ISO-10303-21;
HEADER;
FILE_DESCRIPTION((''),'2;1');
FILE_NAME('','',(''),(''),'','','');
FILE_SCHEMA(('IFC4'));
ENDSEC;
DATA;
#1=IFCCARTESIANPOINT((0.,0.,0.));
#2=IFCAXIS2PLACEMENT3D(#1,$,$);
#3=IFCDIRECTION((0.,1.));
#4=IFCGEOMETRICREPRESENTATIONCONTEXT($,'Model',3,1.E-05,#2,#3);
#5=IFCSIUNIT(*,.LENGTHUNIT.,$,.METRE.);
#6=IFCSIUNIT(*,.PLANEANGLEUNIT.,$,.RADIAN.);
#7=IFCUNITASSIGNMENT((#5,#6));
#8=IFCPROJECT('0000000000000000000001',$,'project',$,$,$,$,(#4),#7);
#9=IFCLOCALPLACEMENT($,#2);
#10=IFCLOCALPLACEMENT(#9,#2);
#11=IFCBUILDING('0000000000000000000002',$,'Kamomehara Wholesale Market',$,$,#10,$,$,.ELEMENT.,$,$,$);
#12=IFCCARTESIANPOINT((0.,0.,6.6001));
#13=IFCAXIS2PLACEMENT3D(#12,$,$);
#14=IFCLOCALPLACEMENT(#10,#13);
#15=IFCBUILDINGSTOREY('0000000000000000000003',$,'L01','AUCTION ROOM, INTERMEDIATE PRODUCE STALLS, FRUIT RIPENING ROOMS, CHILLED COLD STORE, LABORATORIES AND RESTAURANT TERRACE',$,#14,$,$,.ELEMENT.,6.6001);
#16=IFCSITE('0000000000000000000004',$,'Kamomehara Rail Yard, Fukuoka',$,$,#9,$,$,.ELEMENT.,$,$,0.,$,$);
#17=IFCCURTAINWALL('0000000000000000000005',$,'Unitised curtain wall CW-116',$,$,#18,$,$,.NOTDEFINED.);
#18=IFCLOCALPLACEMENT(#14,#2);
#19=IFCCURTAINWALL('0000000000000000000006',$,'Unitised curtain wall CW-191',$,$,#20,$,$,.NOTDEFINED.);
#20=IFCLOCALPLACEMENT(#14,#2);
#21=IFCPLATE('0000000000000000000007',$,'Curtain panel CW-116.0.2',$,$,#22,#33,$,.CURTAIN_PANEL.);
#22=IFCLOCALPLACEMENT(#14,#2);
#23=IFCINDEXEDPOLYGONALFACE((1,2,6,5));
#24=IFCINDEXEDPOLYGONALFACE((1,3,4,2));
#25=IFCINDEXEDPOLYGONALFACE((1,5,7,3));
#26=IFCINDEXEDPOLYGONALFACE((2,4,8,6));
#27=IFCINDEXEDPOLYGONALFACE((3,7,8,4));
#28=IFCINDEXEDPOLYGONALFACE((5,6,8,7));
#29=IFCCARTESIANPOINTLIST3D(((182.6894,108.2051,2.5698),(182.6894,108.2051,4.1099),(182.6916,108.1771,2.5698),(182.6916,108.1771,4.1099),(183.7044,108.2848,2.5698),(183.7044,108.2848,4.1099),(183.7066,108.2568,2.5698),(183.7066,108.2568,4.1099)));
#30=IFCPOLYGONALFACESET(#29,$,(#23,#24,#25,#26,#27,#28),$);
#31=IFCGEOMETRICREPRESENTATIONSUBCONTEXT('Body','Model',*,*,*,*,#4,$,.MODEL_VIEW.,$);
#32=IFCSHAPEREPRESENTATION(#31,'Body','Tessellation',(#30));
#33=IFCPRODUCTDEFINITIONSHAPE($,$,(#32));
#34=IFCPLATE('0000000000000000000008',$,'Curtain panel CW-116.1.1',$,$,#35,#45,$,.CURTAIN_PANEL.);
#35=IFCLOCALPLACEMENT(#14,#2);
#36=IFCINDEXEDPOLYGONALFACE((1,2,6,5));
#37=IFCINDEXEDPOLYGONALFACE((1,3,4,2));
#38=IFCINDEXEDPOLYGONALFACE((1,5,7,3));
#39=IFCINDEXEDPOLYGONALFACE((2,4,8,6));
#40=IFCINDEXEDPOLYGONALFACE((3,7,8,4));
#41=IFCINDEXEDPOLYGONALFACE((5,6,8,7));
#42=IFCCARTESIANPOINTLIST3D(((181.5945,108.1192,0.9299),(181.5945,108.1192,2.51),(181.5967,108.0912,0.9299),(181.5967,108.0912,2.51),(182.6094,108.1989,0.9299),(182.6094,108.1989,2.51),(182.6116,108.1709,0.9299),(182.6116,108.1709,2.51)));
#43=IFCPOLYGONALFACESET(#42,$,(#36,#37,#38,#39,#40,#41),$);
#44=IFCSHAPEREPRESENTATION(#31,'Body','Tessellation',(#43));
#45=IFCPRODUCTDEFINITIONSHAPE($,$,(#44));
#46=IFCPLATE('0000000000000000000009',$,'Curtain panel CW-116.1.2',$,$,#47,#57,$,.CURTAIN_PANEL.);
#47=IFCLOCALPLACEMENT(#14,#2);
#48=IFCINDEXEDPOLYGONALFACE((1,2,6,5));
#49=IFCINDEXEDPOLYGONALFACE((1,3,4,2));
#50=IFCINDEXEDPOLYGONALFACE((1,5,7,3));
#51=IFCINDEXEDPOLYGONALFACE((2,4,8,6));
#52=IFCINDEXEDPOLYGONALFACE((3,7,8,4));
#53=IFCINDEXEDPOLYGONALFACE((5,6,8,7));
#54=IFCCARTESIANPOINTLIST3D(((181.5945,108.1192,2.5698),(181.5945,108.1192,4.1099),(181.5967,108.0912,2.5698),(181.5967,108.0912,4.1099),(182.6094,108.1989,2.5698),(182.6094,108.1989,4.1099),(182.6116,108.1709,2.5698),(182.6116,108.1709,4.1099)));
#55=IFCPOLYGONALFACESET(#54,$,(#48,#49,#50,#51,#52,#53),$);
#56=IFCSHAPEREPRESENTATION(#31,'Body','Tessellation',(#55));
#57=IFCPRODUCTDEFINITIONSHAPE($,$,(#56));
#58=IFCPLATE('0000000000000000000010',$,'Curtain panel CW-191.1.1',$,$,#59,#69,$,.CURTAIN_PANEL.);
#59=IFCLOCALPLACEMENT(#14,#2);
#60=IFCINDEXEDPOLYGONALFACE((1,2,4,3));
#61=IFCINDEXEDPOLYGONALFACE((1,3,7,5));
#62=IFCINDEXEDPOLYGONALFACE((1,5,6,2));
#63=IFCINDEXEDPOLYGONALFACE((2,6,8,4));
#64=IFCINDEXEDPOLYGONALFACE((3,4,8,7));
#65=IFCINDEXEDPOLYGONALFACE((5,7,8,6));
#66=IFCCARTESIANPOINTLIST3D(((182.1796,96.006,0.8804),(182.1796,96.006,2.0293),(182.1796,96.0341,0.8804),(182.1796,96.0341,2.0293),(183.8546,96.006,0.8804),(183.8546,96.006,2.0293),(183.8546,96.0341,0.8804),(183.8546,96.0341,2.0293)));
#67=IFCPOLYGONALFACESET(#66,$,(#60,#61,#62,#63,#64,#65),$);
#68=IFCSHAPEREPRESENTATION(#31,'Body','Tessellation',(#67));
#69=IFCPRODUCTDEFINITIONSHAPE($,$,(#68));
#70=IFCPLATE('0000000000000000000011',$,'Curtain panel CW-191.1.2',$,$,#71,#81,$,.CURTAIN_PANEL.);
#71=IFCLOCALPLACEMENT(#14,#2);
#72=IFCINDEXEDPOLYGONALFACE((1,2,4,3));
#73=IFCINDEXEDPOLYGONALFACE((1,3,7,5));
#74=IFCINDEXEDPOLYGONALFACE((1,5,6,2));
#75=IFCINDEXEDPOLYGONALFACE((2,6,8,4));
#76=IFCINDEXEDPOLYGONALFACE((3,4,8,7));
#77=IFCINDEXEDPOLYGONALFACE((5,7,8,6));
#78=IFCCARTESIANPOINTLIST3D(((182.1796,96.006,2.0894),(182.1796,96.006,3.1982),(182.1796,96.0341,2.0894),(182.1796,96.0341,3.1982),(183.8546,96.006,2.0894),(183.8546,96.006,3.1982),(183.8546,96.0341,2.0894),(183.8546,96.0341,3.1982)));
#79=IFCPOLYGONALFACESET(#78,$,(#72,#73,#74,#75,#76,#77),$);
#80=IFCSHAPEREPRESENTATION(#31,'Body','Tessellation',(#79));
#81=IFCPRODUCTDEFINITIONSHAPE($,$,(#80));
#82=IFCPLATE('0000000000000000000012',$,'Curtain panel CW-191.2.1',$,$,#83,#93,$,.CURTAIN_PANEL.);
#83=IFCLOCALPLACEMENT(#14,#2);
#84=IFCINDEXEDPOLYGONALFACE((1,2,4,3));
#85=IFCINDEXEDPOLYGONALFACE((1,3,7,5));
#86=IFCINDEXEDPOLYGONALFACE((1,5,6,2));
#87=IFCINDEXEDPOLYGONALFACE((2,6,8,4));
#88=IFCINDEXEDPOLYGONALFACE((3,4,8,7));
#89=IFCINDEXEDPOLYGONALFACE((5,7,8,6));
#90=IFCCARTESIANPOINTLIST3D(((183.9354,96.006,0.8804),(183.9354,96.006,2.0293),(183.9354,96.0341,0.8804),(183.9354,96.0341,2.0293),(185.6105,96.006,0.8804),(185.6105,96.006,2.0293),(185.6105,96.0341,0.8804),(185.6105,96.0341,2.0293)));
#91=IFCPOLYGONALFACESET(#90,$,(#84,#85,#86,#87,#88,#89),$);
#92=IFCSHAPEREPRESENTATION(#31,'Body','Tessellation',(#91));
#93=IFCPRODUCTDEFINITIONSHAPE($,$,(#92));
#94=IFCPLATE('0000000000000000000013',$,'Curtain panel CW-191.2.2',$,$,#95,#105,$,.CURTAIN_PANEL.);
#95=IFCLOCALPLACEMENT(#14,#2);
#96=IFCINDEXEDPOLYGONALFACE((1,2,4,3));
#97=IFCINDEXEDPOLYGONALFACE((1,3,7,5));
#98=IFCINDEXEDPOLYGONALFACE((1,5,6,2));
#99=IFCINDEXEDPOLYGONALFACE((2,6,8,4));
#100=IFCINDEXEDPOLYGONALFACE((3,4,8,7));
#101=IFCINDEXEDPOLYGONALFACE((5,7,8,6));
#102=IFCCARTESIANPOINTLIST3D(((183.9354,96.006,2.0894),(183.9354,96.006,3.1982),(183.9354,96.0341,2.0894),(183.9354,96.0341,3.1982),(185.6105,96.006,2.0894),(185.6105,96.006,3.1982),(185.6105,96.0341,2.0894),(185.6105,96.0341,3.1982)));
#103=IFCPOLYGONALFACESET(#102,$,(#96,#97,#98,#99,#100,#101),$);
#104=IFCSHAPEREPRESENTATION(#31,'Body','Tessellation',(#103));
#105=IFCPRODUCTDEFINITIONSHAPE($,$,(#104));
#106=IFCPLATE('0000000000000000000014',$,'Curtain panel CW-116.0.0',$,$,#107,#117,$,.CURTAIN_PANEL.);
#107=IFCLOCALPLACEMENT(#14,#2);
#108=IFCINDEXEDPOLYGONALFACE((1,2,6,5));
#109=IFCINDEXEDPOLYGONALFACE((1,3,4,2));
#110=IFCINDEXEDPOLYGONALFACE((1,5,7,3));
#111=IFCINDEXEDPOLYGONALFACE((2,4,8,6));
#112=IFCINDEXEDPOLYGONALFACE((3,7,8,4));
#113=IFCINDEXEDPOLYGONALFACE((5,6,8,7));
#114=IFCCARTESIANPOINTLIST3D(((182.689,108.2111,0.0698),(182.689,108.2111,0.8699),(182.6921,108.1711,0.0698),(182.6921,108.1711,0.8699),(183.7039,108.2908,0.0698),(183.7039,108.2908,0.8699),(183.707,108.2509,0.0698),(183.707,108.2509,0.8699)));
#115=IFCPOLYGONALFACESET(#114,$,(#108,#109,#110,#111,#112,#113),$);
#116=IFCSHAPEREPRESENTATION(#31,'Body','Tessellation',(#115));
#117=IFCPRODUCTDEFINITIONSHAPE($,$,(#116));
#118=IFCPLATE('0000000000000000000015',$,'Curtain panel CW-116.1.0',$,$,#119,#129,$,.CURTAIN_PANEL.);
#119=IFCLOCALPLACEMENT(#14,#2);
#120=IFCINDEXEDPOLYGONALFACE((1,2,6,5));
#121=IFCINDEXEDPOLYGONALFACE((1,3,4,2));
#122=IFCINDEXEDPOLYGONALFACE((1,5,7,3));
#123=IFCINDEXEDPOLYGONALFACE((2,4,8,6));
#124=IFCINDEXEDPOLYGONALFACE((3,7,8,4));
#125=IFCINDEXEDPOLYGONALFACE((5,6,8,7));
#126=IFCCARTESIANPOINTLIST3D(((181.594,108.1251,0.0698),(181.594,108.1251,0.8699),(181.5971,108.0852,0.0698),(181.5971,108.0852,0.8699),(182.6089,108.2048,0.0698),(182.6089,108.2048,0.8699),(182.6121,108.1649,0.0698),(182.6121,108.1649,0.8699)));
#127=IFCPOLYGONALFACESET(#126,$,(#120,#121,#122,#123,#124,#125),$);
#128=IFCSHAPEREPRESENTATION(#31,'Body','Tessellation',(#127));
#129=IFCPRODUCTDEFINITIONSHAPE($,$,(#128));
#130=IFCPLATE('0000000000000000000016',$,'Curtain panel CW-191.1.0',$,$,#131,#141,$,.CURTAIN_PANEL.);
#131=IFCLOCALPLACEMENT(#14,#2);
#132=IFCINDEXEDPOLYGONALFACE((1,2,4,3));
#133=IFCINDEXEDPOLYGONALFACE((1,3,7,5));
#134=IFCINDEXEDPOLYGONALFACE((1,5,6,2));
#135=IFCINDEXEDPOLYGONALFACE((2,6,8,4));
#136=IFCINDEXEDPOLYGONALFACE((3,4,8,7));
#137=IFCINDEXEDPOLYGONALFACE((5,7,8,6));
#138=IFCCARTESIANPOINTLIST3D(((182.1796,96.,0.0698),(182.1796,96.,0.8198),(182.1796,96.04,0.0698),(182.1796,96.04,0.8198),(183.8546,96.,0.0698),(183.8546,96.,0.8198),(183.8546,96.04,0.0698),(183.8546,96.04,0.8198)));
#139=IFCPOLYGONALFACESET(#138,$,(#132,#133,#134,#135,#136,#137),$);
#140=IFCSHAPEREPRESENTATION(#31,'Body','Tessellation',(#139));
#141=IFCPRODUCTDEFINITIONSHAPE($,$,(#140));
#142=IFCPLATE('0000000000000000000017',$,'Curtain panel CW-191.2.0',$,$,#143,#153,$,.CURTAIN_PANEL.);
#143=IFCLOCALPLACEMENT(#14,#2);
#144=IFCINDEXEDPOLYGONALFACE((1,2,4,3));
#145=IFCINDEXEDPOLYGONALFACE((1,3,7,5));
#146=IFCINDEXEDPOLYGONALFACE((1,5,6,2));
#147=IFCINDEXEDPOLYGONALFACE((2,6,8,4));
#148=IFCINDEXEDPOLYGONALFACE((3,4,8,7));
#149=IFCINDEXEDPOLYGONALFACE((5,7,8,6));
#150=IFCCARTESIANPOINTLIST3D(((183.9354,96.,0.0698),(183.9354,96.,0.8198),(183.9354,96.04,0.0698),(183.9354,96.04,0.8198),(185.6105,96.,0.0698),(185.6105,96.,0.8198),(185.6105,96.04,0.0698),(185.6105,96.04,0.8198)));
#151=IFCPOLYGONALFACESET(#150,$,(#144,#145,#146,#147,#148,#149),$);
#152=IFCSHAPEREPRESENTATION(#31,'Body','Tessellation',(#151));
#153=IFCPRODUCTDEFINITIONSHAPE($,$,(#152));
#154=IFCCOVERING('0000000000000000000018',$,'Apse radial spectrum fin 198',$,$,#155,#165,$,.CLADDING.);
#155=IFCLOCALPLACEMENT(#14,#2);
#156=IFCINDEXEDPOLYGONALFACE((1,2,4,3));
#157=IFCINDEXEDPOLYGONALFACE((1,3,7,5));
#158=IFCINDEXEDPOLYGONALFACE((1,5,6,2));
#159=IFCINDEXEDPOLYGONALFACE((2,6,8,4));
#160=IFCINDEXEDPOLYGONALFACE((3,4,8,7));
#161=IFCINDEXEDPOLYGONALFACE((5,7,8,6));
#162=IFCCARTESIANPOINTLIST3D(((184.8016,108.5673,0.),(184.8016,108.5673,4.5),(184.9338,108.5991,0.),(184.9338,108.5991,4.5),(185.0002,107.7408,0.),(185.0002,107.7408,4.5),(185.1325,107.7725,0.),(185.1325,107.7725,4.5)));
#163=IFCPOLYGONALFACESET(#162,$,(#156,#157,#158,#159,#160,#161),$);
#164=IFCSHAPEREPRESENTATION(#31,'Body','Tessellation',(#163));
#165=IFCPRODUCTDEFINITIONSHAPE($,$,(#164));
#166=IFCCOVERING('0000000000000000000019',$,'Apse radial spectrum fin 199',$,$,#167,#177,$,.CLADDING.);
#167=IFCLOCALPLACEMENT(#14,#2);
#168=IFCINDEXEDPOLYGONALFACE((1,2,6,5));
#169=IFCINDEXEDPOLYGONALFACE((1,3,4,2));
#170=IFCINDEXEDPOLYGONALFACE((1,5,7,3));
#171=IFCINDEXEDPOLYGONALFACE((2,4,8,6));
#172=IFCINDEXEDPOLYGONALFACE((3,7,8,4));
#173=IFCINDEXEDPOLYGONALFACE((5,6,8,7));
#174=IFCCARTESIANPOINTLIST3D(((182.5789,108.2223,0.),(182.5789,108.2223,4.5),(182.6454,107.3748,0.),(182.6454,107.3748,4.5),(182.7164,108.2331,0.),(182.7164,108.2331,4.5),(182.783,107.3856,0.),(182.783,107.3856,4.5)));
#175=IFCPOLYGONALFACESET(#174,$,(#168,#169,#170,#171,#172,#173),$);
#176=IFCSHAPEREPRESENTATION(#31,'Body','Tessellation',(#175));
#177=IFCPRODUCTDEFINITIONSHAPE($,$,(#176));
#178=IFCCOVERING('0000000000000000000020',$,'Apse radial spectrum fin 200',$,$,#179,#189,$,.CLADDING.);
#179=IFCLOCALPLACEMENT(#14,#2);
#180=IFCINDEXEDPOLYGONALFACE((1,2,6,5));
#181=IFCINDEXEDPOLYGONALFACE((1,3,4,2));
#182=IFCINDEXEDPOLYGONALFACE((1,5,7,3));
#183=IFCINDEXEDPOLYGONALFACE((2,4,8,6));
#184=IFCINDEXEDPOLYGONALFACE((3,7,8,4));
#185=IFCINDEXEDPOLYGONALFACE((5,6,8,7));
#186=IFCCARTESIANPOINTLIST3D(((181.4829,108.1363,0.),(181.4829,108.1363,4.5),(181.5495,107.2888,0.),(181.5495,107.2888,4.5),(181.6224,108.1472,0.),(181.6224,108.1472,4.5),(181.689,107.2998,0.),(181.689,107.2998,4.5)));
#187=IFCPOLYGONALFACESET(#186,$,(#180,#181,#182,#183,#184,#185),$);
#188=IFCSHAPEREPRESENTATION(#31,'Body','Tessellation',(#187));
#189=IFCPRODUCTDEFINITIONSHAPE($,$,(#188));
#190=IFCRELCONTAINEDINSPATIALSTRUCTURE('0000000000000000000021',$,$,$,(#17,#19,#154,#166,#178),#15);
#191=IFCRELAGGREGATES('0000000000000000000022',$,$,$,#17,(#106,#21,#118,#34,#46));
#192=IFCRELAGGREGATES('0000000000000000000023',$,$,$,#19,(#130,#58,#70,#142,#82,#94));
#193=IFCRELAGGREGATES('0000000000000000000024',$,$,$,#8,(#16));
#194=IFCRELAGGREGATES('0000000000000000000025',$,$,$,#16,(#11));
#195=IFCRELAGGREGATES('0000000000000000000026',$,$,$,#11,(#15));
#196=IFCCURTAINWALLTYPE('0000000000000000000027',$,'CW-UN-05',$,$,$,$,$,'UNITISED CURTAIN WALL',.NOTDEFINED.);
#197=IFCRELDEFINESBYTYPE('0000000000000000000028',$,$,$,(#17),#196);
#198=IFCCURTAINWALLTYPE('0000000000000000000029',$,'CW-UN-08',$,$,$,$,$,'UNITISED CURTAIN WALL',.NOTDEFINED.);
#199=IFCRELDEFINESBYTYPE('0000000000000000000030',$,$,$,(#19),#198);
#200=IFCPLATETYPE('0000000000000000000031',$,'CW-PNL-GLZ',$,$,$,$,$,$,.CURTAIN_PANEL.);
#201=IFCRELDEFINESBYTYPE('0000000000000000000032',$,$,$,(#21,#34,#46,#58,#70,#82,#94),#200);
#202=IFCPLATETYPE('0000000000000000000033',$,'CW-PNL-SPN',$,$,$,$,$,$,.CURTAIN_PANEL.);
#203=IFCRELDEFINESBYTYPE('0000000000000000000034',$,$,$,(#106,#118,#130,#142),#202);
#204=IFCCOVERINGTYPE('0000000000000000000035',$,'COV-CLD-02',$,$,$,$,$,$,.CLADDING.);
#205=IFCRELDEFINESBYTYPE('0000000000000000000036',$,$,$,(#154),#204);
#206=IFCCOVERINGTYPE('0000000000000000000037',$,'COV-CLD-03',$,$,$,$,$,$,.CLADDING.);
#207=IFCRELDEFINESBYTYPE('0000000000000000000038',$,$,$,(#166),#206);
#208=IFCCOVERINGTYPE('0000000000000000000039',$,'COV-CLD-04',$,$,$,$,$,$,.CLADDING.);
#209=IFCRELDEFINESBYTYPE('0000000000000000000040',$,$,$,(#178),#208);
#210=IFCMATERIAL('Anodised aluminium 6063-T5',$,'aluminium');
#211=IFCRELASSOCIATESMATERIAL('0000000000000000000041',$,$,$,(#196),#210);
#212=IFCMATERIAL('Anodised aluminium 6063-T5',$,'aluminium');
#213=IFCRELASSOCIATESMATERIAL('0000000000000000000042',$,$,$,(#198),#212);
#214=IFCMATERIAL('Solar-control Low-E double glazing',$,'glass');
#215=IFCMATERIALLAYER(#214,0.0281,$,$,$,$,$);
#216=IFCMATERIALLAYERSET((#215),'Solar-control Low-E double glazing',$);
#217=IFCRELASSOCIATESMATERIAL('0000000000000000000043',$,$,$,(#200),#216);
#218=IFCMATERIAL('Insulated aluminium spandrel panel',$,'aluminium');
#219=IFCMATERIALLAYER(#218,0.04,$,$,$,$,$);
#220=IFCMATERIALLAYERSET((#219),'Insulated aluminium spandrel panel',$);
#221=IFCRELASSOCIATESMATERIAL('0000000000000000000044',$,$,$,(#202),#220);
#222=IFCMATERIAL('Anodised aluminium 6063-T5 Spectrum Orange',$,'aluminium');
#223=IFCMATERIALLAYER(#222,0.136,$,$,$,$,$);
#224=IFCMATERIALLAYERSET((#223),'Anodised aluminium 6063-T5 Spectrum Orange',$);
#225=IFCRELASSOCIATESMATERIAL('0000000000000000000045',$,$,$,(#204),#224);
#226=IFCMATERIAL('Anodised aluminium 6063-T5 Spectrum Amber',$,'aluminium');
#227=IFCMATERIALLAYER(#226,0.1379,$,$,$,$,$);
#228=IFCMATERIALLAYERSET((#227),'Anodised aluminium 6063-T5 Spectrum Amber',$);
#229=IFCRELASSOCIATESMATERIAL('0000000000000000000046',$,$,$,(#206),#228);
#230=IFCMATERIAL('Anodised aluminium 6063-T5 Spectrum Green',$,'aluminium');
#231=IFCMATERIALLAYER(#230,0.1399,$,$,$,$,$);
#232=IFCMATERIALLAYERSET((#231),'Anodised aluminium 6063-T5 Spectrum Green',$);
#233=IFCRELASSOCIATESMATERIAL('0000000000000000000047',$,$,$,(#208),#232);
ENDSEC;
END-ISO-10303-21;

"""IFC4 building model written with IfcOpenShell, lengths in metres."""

from ifc_helpers import new_model, si_unit, direction, frame, origin, origin_2d, place, context, subcontext, project, spatial, rectangle, extrude, material, layer, layer_set, type_object, element, aggregate, save


model = new_model("IFC4")

# Units and contexts
model_context = context("Model", 3, precision=1e-05, world=origin(), true_north=direction((0.0, 1.0)))
body_context = subcontext(model_context, "Body", "Model", "MODEL_VIEW")
ifc_project = project(units=[si_unit("LENGTHUNIT", "METRE"), si_unit("PLANEANGLEUNIT", "RADIAN")], contexts=[model_context])

# Site, building, storey
site_placement = place(None, origin())
site = spatial("IfcSite", under=ifc_project, at=site_placement, Name="Kamomehara Rail Yard, Fukuoka", CompositionType="ELEMENT", RefElevation=0.0)
building_placement = place(site_placement, origin())
building = spatial("IfcBuilding", under=site, at=building_placement, Name="Kamomehara Wholesale Market", CompositionType="ELEMENT")
storey_placement = place(building_placement, frame((0.0, 0.0, 6.6001)))
storey = spatial("IfcBuildingStorey", under=building, at=storey_placement, Name="L01", Description="AUCTION ROOM, INTERMEDIATE PRODUCE STALLS, FRUIT RIPENING ROOMS, CHILLED COLD STORE, LABORATORIES AND RESTAURANT TERRACE", CompositionType="ELEMENT", Elevation=6.6001)

# Curtain walls
ifc_material_1 = material(Name="Anodised aluminium 6063-T5", Category="aluminium")
curtain_wall_type_1 = type_object("IfcCurtainWallType", Name="CW-UN-05", ElementType="UNITISED CURTAIN WALL", PredefinedType="NOTDEFINED", material=ifc_material_1)
curtain_wall_1_placement = place(storey_placement, origin())
curtain_wall_1 = element("IfcCurtainWall", 1, at=curtain_wall_1_placement, inside=storey, type_object=curtain_wall_type_1, Name="Unitised curtain wall CW-116", PredefinedType="NOTDEFINED")
ifc_material_2 = material(Name="Anodised aluminium 6063-T5", Category="aluminium")
curtain_wall_type_2 = type_object("IfcCurtainWallType", Name="CW-UN-08", ElementType="UNITISED CURTAIN WALL", PredefinedType="NOTDEFINED", material=ifc_material_2)
curtain_wall_2_placement = place(storey_placement, origin())
curtain_wall_2 = element("IfcCurtainWall", 2, at=curtain_wall_2_placement, inside=storey, type_object=curtain_wall_type_2, Name="Unitised curtain wall CW-191", PredefinedType="NOTDEFINED")

# Plates
ifc_material_3 = material(Name="Solar-control Low-E double glazing", Category="glass")
ifc_layer_1 = layer(ifc_material_3, 0.0281)
ifc_layer_set_1 = layer_set([ifc_layer_1], Name="Solar-control Low-E double glazing")
plate_type_1 = type_object("IfcPlateType", Name="CW-PNL-GLZ", PredefinedType="CURTAIN_PANEL", material=ifc_layer_set_1)
plate_1_placement = place(storey_placement, frame((183.198, 108.231, 2.5698), z_axis=(0.0, 0.0, 1.0), x_axis=(-0.99693, -0.078302, 0.0)))
plate_1 = element("IfcPlate", 3, at=plate_1_placement, type_object=plate_type_1, Name="Curtain panel CW-116.0.2", PredefinedType="CURTAIN_PANEL", context=body_context, shape_type="SweptSolid", body=[
    extrude(rectangle(XDim=1.0181, YDim=0.0281, at=origin_2d()), origin(), (0.0, 0.0, 1.0), 1.54),
])
plate_2_placement = place(storey_placement, frame((182.103, 108.145, 0.9299), z_axis=(0.0, 0.0, 1.0), x_axis=(-0.99693, -0.078302, 0.0)))
plate_2 = element("IfcPlate", 4, at=plate_2_placement, type_object=plate_type_1, Name="Curtain panel CW-116.1.1", PredefinedType="CURTAIN_PANEL", context=body_context, shape_type="SweptSolid", body=[
    extrude(rectangle(XDim=1.0181, YDim=0.0281, at=origin_2d()), origin(), (0.0, 0.0, 1.0), 1.5801),
])
plate_3_placement = place(storey_placement, frame((182.103, 108.145, 2.5698), z_axis=(0.0, 0.0, 1.0), x_axis=(-0.99693, -0.078302, 0.0)))
plate_3 = element("IfcPlate", 5, at=plate_3_placement, type_object=plate_type_1, Name="Curtain panel CW-116.1.2", PredefinedType="CURTAIN_PANEL", context=body_context, shape_type="SweptSolid", body=[
    extrude(rectangle(XDim=1.0181, YDim=0.0281, at=origin_2d()), origin(), (0.0, 0.0, 1.0), 1.54),
])
plate_4_placement = place(storey_placement, frame((183.0171, 96.02, 0.8804), z_axis=(0.0, 0.0, 1.0), x_axis=(1.0, 0.0, 0.0)))
plate_4 = element("IfcPlate", 6, at=plate_4_placement, type_object=plate_type_1, Name="Curtain panel CW-191.1.1", PredefinedType="CURTAIN_PANEL", context=body_context, shape_type="SweptSolid", body=[
    extrude(rectangle(XDim=1.675, YDim=0.0281, at=origin_2d()), origin(), (0.0, 0.0, 1.0), 1.1489),
])
plate_5_placement = place(storey_placement, frame((183.0171, 96.02, 2.0894), z_axis=(0.0, 0.0, 1.0), x_axis=(1.0, 0.0, 0.0)))
plate_5 = element("IfcPlate", 7, at=plate_5_placement, type_object=plate_type_1, Name="Curtain panel CW-191.1.2", PredefinedType="CURTAIN_PANEL", context=body_context, shape_type="SweptSolid", body=[
    extrude(rectangle(XDim=1.675, YDim=0.0281, at=origin_2d()), origin(), (0.0, 0.0, 1.0), 1.1089),
])
plate_6_placement = place(storey_placement, frame((184.7729, 96.02, 0.8804), z_axis=(0.0, 0.0, 1.0), x_axis=(1.0, 0.0, 0.0)))
plate_6 = element("IfcPlate", 8, at=plate_6_placement, type_object=plate_type_1, Name="Curtain panel CW-191.2.1", PredefinedType="CURTAIN_PANEL", context=body_context, shape_type="SweptSolid", body=[
    extrude(rectangle(XDim=1.675, YDim=0.0281, at=origin_2d()), origin(), (0.0, 0.0, 1.0), 1.1489),
])
plate_7_placement = place(storey_placement, frame((184.7729, 96.02, 2.0894), z_axis=(0.0, 0.0, 1.0), x_axis=(1.0, 0.0, 0.0)))
plate_7 = element("IfcPlate", 9, at=plate_7_placement, type_object=plate_type_1, Name="Curtain panel CW-191.2.2", PredefinedType="CURTAIN_PANEL", context=body_context, shape_type="SweptSolid", body=[
    extrude(rectangle(XDim=1.675, YDim=0.0281, at=origin_2d()), origin(), (0.0, 0.0, 1.0), 1.1089),
])
ifc_material_4 = material(Name="Insulated aluminium spandrel panel", Category="aluminium")
ifc_layer_2 = layer(ifc_material_4, 0.04)
ifc_layer_set_2 = layer_set([ifc_layer_2], Name="Insulated aluminium spandrel panel")
plate_type_2 = type_object("IfcPlateType", Name="CW-PNL-SPN", PredefinedType="CURTAIN_PANEL", material=ifc_layer_set_2)
plate_8_placement = place(storey_placement, frame((183.198, 108.231, 0.0698), z_axis=(0.0, 0.0, 1.0), x_axis=(-0.99693, -0.078302, 0.0)))
plate_8 = element("IfcPlate", 10, at=plate_8_placement, type_object=plate_type_2, Name="Curtain panel CW-116.0.0", PredefinedType="CURTAIN_PANEL", context=body_context, shape_type="SweptSolid", body=[
    extrude(rectangle(XDim=1.0181, YDim=0.04, at=origin_2d()), origin(), (0.0, 0.0, 1.0), 0.8),
])
plate_9_placement = place(storey_placement, frame((182.103, 108.145, 0.0698), z_axis=(0.0, 0.0, 1.0), x_axis=(-0.99693, -0.078302, 0.0)))
plate_9 = element("IfcPlate", 11, at=plate_9_placement, type_object=plate_type_2, Name="Curtain panel CW-116.1.0", PredefinedType="CURTAIN_PANEL", context=body_context, shape_type="SweptSolid", body=[
    extrude(rectangle(XDim=1.0181, YDim=0.04, at=origin_2d()), origin(), (0.0, 0.0, 1.0), 0.8),
])
aggregate(curtain_wall_1, [plate_8, plate_1, plate_9, plate_2, plate_3])
plate_10_placement = place(storey_placement, frame((183.0171, 96.02, 0.0698), z_axis=(0.0, 0.0, 1.0), x_axis=(1.0, 0.0, 0.0)))
plate_10 = element("IfcPlate", 12, at=plate_10_placement, type_object=plate_type_2, Name="Curtain panel CW-191.1.0", PredefinedType="CURTAIN_PANEL", context=body_context, shape_type="SweptSolid", body=[
    extrude(rectangle(XDim=1.675, YDim=0.04, at=origin_2d()), origin(), (0.0, 0.0, 1.0), 0.75),
])
plate_11_placement = place(storey_placement, frame((184.7729, 96.02, 0.0698), z_axis=(0.0, 0.0, 1.0), x_axis=(1.0, 0.0, 0.0)))
plate_11 = element("IfcPlate", 13, at=plate_11_placement, type_object=plate_type_2, Name="Curtain panel CW-191.2.0", PredefinedType="CURTAIN_PANEL", context=body_context, shape_type="SweptSolid", body=[
    extrude(rectangle(XDim=1.675, YDim=0.04, at=origin_2d()), origin(), (0.0, 0.0, 1.0), 0.75),
])
aggregate(curtain_wall_2, [plate_10, plate_4, plate_5, plate_11, plate_6, plate_7])

# Coverings
ifc_material_5 = material(Name="Anodised aluminium 6063-T5 Spectrum Orange", Category="aluminium")
ifc_layer_3 = layer(ifc_material_5, 0.136)
ifc_layer_set_3 = layer_set([ifc_layer_3], Name="Anodised aluminium 6063-T5 Spectrum Orange")
covering_type_1 = type_object("IfcCoveringType", Name="COV-CLD-02", PredefinedType="CLADDING", material=ifc_layer_set_3)
covering_1_placement = place(storey_placement, frame((184.967, 108.1699, 0.0), z_axis=(0.0, 0.0, 1.0), x_axis=(-0.972321, -0.233649, 0.0)))
element("IfcCovering", 14, at=covering_1_placement, inside=storey, type_object=covering_type_1, Name="Apse radial spectrum fin 198", PredefinedType="CLADDING", context=body_context, shape_type="SweptSolid", body=[
    extrude(rectangle(XDim=0.136, YDim=0.8501, at=origin_2d()), origin(), (0.0, 0.0, 1.0), 4.5),
])
ifc_material_6 = material(Name="Anodised aluminium 6063-T5 Spectrum Amber", Category="aluminium")
ifc_layer_4 = layer(ifc_material_6, 0.1379)
ifc_layer_set_4 = layer_set([ifc_layer_4], Name="Anodised aluminium 6063-T5 Spectrum Amber")
covering_type_2 = type_object("IfcCoveringType", Name="COV-CLD-03", PredefinedType="CLADDING", material=ifc_layer_set_4)
covering_2_placement = place(storey_placement, frame((182.6809, 107.804, 0.0), z_axis=(0.0, 0.0, 1.0), x_axis=(-0.996927, -0.078337, 0.0)))
element("IfcCovering", 15, at=covering_2_placement, inside=storey, type_object=covering_type_2, Name="Apse radial spectrum fin 199", PredefinedType="CLADDING", context=body_context, shape_type="SweptSolid", body=[
    extrude(rectangle(XDim=0.1379, YDim=0.8501, at=origin_2d()), origin(), (0.0, 0.0, 1.0), 4.5),
])
ifc_material_7 = material(Name="Anodised aluminium 6063-T5 Spectrum Green", Category="aluminium")
ifc_layer_5 = layer(ifc_material_7, 0.1399)
ifc_layer_set_5 = layer_set([ifc_layer_5], Name="Anodised aluminium 6063-T5 Spectrum Green")
covering_type_3 = type_object("IfcCoveringType", Name="COV-CLD-04", PredefinedType="CLADDING", material=ifc_layer_set_5)
covering_3_placement = place(storey_placement, frame((181.5859, 107.718, 0.0), z_axis=(0.0, 0.0, 1.0), x_axis=(-0.996927, -0.078337, 0.0)))
element("IfcCovering", 16, at=covering_3_placement, inside=storey, type_object=covering_type_3, Name="Apse radial spectrum fin 200", PredefinedType="CLADDING", context=body_context, shape_type="SweptSolid", body=[
    extrude(rectangle(XDim=0.1399, YDim=0.8501, at=origin_2d()), origin(), (0.0, 0.0, 1.0), 4.5),
])

save(model, "model.ifc")
